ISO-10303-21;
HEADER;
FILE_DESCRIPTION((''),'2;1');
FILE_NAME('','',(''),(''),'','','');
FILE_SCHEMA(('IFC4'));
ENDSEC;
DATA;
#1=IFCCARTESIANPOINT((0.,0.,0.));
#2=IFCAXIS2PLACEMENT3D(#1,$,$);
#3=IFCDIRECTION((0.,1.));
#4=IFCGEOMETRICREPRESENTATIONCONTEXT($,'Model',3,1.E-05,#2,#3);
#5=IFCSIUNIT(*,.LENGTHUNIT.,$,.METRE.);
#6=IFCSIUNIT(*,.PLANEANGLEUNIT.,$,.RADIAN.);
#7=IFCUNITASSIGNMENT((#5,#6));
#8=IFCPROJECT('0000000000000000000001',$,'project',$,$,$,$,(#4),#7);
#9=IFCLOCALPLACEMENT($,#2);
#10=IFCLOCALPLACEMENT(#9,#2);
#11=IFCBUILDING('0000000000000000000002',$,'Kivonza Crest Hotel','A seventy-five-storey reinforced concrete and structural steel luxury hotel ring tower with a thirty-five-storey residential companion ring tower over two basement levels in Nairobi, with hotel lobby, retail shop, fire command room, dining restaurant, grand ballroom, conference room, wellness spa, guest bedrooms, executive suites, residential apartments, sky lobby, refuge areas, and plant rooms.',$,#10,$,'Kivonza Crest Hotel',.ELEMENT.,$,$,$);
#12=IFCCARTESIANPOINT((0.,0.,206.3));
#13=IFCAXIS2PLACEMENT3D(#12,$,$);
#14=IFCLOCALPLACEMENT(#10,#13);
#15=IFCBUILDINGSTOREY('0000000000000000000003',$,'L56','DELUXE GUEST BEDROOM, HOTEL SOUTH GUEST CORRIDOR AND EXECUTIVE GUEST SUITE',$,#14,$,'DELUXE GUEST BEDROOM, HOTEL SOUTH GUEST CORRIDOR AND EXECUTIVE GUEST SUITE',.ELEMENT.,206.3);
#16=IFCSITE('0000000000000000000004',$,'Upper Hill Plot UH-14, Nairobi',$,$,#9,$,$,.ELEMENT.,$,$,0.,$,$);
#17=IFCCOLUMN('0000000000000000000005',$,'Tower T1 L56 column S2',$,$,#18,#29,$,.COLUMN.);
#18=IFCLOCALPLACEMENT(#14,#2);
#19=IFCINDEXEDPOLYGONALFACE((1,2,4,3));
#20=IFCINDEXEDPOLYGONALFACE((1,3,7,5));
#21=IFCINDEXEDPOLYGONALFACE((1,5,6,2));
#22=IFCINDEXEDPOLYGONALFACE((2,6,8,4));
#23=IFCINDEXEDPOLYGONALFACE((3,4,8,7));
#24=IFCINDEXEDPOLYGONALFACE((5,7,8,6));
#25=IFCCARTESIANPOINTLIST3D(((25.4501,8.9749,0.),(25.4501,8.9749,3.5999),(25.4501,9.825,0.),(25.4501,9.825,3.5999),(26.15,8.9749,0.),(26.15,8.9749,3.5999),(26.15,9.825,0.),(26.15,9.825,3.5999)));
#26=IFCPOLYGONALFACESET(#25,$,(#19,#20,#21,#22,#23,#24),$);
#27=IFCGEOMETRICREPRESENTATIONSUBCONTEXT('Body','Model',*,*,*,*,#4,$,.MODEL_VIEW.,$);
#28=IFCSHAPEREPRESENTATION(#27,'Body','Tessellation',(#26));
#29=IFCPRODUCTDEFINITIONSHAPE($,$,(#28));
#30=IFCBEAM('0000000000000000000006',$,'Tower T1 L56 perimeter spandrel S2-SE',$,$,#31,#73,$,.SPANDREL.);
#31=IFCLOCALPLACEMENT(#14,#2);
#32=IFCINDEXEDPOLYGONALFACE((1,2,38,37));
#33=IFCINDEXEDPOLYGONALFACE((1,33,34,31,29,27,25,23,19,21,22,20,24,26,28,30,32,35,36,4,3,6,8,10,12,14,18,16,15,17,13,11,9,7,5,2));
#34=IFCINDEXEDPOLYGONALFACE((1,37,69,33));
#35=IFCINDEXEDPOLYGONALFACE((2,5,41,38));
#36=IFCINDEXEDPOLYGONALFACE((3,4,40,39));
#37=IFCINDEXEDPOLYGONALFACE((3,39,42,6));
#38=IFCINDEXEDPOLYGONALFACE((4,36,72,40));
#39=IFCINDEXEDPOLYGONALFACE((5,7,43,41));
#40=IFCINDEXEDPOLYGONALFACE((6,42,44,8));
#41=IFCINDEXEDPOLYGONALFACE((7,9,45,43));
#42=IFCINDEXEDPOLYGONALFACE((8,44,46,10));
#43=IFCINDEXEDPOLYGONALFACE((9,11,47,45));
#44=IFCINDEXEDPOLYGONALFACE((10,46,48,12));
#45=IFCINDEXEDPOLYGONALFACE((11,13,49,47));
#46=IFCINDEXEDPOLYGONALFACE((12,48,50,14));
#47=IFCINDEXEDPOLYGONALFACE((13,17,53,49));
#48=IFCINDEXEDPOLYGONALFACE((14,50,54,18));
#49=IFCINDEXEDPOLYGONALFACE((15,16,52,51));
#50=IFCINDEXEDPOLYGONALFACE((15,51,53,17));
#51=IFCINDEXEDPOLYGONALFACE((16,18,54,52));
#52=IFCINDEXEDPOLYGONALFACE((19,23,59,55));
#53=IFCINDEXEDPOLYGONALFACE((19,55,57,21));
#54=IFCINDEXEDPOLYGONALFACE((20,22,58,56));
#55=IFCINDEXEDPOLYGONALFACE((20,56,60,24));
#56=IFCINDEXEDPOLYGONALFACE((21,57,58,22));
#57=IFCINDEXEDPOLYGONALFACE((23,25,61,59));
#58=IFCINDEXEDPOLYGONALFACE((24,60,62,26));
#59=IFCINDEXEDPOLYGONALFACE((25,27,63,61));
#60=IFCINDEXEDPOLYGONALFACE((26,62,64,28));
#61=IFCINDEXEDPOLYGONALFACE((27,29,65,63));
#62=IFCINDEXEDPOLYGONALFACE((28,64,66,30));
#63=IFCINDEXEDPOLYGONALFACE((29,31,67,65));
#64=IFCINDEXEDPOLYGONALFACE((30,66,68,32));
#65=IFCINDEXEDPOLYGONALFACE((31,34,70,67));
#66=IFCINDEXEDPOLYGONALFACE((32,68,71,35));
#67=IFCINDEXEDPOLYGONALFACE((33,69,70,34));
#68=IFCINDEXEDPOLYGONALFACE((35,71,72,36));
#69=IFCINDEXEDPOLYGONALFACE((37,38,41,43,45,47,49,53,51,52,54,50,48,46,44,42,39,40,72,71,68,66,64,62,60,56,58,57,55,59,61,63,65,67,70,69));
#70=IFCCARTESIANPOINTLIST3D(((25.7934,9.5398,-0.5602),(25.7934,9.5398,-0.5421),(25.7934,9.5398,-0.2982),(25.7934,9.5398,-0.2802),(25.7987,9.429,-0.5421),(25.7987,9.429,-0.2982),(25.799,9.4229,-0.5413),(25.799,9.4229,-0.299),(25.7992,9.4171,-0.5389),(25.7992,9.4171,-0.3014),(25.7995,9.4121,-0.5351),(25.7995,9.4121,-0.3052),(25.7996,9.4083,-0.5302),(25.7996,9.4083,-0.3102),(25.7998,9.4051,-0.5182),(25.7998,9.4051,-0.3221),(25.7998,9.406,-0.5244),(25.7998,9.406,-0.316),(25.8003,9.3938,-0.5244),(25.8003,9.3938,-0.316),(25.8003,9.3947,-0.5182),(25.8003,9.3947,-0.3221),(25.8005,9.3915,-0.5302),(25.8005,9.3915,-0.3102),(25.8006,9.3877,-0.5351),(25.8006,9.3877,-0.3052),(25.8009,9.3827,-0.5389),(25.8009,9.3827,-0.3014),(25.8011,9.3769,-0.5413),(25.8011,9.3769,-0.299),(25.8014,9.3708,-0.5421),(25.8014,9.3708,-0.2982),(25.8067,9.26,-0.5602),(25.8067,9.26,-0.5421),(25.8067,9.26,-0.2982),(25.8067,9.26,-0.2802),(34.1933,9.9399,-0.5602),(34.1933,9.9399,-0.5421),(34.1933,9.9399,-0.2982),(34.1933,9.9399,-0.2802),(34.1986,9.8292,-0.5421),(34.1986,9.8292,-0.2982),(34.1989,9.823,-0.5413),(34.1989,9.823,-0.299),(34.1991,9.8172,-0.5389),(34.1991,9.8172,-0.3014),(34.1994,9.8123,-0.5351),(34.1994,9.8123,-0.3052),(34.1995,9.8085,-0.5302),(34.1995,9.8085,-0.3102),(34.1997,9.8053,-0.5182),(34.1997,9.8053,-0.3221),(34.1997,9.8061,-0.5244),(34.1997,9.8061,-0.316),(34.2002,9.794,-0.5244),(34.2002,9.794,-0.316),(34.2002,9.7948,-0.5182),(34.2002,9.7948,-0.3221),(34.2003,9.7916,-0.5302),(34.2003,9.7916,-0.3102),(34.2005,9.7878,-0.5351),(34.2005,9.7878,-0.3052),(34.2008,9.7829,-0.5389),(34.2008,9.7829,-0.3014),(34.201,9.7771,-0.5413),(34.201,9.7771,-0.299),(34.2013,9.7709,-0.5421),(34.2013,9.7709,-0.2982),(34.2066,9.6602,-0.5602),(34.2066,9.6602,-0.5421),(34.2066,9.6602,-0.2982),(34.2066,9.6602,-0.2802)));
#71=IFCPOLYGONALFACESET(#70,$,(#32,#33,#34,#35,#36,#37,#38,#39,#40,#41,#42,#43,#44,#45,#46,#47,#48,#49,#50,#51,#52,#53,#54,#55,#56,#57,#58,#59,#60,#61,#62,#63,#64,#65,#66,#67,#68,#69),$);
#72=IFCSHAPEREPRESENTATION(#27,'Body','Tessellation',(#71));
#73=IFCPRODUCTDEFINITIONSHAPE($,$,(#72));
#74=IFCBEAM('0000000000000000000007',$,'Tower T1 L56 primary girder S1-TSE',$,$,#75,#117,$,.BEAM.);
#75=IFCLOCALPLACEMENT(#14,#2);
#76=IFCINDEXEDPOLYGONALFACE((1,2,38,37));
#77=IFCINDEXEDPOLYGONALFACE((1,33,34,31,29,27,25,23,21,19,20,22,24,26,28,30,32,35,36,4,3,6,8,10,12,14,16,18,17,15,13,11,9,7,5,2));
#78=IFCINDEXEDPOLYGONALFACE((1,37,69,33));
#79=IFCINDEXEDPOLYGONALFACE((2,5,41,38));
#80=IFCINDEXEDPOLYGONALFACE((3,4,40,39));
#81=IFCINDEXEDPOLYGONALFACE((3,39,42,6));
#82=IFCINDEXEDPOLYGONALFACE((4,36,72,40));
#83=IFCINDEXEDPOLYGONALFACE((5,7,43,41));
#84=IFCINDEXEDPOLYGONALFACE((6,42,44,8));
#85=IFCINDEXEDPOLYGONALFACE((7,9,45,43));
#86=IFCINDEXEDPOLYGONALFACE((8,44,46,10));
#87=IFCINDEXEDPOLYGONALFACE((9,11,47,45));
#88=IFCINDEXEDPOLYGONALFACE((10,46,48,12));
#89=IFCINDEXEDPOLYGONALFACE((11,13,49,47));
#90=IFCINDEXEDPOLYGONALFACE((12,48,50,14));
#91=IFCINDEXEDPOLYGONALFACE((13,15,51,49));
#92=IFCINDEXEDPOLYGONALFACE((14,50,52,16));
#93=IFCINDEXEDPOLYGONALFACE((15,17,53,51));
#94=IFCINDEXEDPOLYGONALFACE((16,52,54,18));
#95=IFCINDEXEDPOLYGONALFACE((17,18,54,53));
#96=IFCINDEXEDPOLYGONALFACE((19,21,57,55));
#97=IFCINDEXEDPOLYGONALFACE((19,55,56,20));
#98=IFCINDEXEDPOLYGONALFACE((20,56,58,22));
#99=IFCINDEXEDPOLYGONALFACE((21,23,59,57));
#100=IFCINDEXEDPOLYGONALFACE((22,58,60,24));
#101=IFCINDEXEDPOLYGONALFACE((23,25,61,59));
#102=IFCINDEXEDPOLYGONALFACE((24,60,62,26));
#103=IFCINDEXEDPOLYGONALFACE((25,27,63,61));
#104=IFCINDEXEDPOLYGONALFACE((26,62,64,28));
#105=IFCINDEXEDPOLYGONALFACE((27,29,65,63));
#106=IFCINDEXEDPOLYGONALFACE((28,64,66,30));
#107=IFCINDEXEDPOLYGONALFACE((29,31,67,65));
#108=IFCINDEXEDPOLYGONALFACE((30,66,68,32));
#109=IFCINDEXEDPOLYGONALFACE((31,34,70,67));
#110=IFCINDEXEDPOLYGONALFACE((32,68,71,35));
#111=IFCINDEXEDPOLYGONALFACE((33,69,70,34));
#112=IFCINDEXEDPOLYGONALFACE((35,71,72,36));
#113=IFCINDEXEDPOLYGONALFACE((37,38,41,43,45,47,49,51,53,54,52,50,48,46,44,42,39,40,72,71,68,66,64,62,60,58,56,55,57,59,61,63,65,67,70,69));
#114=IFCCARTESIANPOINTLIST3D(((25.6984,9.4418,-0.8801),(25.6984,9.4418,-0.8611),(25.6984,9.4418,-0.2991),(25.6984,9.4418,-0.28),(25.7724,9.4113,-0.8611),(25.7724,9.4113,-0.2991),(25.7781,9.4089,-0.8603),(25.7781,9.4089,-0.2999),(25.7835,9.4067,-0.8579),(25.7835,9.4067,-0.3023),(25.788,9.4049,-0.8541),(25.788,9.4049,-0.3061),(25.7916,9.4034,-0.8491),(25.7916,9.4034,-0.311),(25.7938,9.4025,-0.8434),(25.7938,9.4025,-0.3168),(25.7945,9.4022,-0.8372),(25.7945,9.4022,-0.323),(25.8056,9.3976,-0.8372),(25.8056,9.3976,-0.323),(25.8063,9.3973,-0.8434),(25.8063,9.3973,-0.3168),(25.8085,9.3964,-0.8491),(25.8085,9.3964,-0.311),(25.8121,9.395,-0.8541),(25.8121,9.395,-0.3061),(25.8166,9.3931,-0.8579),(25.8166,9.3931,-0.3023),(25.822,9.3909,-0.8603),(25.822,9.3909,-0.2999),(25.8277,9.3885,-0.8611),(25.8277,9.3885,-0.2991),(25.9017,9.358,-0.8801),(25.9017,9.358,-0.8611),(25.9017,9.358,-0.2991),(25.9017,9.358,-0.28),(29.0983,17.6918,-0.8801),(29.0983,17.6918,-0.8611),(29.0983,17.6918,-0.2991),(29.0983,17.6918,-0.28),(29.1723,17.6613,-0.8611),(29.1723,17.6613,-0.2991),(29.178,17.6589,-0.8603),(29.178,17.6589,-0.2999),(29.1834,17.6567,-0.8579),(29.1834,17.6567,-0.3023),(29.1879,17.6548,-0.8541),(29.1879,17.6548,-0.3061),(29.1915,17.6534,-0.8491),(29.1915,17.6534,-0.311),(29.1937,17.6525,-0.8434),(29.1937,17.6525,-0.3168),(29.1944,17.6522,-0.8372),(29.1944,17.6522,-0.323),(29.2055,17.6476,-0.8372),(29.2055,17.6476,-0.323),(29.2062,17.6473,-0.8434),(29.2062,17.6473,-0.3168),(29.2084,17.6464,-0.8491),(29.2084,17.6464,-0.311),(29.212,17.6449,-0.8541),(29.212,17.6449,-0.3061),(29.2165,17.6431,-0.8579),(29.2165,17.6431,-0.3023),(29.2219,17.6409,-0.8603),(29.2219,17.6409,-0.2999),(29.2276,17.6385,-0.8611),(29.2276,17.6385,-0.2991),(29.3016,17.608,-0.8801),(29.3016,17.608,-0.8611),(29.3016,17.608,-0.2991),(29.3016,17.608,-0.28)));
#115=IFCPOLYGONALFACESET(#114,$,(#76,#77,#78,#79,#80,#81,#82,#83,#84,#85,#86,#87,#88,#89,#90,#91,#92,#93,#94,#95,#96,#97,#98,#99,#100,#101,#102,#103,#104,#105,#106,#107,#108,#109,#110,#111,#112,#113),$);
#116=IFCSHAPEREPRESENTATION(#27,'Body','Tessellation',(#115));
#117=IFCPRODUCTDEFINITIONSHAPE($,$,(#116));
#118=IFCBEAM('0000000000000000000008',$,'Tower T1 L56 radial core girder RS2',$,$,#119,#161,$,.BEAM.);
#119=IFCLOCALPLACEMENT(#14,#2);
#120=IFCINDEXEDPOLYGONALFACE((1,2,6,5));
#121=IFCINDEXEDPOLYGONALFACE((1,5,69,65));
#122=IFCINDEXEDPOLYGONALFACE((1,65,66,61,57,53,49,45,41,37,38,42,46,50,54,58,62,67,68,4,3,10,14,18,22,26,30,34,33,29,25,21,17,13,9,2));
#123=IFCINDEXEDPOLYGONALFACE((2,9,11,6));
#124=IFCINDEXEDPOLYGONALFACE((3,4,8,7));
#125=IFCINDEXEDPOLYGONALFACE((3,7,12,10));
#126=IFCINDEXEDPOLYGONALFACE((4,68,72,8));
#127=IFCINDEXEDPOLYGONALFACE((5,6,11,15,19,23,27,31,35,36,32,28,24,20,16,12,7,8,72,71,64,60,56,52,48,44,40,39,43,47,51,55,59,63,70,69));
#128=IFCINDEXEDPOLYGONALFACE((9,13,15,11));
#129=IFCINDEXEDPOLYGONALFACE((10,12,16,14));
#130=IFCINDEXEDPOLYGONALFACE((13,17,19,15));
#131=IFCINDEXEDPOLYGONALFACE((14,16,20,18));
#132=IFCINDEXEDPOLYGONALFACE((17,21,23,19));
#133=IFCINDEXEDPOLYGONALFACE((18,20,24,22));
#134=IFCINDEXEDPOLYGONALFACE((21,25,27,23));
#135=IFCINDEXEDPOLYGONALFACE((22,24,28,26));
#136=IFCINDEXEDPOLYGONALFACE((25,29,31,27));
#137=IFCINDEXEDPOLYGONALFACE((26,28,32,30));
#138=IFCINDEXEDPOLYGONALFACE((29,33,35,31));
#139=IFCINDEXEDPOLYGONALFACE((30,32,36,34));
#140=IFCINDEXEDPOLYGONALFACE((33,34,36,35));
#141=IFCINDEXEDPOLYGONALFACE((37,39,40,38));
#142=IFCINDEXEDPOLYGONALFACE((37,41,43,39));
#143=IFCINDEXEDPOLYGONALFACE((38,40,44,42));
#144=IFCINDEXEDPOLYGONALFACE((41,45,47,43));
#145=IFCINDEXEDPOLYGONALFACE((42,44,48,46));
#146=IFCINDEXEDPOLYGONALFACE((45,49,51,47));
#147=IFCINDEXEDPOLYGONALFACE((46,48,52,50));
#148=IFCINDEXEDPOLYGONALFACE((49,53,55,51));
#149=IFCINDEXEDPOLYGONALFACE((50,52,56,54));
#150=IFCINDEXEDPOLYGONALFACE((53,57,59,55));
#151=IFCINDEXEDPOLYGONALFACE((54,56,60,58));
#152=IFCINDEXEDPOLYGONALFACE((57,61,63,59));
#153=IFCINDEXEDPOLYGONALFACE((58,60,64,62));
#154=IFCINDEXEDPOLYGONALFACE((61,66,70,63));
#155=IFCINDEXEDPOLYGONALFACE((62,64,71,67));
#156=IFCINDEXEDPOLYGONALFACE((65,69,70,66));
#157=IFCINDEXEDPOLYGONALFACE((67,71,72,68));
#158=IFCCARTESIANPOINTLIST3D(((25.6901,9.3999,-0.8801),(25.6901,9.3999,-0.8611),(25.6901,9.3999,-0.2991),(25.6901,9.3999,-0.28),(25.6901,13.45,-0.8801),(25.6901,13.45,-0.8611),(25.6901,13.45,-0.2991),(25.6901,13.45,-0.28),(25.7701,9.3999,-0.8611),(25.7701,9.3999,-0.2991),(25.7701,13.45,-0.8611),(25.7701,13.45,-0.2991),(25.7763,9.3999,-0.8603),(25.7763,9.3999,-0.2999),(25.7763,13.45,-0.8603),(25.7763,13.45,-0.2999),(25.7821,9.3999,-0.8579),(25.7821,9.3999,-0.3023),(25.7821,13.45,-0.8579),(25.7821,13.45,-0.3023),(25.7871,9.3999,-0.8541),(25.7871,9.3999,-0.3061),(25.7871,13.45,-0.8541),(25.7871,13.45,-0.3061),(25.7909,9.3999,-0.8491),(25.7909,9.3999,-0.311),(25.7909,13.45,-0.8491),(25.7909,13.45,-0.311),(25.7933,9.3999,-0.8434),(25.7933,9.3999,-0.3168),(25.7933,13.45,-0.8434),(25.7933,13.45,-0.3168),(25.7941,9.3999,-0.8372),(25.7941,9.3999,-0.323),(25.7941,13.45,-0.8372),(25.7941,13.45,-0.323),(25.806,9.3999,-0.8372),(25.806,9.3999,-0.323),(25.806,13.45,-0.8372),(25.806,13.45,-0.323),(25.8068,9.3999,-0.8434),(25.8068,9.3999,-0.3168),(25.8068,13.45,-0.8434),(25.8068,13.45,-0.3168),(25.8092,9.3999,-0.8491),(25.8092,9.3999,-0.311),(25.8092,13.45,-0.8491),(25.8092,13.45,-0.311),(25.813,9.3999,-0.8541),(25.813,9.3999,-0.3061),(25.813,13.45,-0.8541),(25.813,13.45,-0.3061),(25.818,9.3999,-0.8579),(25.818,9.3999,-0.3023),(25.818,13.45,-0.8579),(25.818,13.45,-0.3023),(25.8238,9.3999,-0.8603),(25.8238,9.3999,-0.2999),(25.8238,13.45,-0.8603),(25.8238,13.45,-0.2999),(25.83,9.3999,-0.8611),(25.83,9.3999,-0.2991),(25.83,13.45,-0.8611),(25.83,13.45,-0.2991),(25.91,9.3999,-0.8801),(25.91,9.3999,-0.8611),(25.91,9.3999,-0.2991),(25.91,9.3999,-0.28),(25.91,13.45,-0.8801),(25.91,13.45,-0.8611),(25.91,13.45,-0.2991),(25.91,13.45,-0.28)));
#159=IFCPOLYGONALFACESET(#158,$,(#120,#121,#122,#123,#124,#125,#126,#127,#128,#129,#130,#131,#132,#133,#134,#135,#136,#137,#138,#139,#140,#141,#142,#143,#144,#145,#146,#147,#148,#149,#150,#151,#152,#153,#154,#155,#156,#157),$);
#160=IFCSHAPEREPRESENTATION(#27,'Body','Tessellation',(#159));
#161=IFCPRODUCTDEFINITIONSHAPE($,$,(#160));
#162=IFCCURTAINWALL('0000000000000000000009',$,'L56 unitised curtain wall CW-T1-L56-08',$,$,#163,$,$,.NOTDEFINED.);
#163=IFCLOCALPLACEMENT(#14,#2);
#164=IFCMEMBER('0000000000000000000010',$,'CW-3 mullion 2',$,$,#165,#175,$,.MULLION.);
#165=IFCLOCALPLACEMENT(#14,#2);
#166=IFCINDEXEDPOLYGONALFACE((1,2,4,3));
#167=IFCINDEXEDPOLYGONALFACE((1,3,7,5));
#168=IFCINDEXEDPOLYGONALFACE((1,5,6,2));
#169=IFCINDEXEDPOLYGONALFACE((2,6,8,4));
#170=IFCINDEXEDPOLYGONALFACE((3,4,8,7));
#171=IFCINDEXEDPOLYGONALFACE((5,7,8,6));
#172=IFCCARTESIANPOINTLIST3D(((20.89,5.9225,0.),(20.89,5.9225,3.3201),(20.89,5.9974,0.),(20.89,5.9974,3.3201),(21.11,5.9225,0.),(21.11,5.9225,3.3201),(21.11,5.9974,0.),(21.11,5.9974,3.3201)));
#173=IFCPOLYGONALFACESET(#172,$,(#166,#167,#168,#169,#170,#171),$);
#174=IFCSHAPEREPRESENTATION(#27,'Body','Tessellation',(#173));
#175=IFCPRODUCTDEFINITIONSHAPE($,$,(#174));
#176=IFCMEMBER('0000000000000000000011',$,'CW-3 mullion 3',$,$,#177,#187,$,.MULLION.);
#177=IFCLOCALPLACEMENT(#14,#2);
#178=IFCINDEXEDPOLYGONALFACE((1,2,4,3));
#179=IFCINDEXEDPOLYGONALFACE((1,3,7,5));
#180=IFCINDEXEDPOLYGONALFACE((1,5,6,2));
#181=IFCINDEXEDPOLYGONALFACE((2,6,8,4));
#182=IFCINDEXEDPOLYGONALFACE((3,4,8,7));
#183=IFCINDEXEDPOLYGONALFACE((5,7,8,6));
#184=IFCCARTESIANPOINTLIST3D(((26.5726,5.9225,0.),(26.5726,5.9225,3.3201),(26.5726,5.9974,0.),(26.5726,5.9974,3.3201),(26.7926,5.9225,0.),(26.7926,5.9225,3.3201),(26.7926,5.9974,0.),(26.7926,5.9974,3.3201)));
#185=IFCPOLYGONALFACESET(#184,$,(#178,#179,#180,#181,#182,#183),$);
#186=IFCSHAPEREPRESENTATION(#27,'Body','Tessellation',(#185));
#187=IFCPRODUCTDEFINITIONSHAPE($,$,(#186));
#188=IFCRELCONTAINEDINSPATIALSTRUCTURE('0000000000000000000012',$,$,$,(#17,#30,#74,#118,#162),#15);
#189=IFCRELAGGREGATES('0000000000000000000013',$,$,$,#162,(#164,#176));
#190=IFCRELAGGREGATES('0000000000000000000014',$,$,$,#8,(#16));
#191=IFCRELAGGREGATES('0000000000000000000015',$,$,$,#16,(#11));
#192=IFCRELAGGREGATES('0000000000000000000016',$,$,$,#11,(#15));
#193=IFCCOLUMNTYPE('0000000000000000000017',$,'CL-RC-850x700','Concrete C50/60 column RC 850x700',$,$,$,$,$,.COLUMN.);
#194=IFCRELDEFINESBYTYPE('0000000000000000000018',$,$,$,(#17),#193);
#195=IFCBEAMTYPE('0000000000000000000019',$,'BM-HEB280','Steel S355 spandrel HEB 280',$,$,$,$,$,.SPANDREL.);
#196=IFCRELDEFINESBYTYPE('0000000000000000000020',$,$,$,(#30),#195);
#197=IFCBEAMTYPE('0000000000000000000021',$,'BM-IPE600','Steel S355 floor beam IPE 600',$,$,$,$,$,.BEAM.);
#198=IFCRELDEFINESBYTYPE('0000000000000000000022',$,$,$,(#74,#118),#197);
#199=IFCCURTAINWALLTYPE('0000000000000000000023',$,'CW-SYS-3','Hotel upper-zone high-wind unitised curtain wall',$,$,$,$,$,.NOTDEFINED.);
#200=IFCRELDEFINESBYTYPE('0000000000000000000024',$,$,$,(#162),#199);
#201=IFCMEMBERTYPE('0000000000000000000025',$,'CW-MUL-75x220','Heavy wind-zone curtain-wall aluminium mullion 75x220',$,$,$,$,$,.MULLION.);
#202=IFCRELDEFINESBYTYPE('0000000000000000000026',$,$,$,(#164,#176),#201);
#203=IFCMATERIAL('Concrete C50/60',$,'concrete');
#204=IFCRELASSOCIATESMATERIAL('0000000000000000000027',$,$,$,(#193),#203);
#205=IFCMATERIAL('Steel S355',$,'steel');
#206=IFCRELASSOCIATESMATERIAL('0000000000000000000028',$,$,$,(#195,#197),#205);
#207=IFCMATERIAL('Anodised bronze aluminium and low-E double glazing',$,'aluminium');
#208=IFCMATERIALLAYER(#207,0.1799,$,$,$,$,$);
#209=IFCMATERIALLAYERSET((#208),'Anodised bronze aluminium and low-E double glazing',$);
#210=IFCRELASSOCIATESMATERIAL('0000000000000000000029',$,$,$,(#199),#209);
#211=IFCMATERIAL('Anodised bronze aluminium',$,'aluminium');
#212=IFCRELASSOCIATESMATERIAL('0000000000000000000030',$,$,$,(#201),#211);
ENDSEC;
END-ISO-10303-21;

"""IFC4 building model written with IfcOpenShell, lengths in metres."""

from ifc_helpers import new_model, si_unit, direction, frame, origin, origin_2d, place, context, subcontext, project, spatial, rectangle, i_section, extrude, material, layer, layer_set, material_profile, profile_set, type_object, element, aggregate, save


model = new_model("IFC4")

# Units and contexts
model_context = context("Model", 3, precision=1e-05, world=origin(), true_north=direction((0.0, 1.0)))
body_context = subcontext(model_context, "Body", "Model", "MODEL_VIEW")
ifc_project = project(units=[si_unit("LENGTHUNIT", "METRE"), si_unit("PLANEANGLEUNIT", "RADIAN")], contexts=[model_context])

# Site, building, storey
site_placement = place(None, origin())
site = spatial("IfcSite", under=ifc_project, at=site_placement, Name="Upper Hill Plot UH-14, Nairobi", CompositionType="ELEMENT", RefElevation=0.0)
building_placement = place(site_placement, origin())
building = spatial("IfcBuilding", under=site, at=building_placement, Name="Kivonza Crest Hotel", Description="A seventy-five-storey reinforced concrete and structural steel luxury hotel ring tower with a thirty-five-storey residential companion ring tower over two basement levels in Nairobi, with hotel lobby, retail shop, fire command room, dining restaurant, grand ballroom, conference room, wellness spa, guest bedrooms, executive suites, residential apartments, sky lobby, refuge areas, and plant rooms.", LongName="Kivonza Crest Hotel", CompositionType="ELEMENT")
storey_placement = place(building_placement, frame((0.0, 0.0, 206.3)))
storey = spatial("IfcBuildingStorey", under=building, at=storey_placement, Name="L56", Description="DELUXE GUEST BEDROOM, HOTEL SOUTH GUEST CORRIDOR AND EXECUTIVE GUEST SUITE", LongName="DELUXE GUEST BEDROOM, HOTEL SOUTH GUEST CORRIDOR AND EXECUTIVE GUEST SUITE", CompositionType="ELEMENT", Elevation=206.3)

# Column
ifc_material_1 = material(Name="Concrete C50/60", Category="concrete")
ifc_material_profile_1 = material_profile(ifc_material_1, rectangle(XDim=0.7, YDim=0.8501, at=origin_2d()), Name="RC 850x700")
ifc_profile_set_1 = profile_set([ifc_material_profile_1], Name="Concrete C50/60")
column_type = type_object("IfcColumnType", Name="CL-RC-850x700", Description="Concrete C50/60 column RC 850x700", PredefinedType="COLUMN", material=ifc_profile_set_1)
column_placement = place(storey_placement, frame((25.8, 9.3999, 0.0), z_axis=(0.0, 0.0, 1.0), x_axis=(1.0, 0.0, 0.0)))
element("IfcColumn", 1, at=column_placement, inside=storey, type_object=column_type, Name="Tower T1 L56 column S2", PredefinedType="COLUMN", context=body_context, shape_type="SweptSolid", body=[
    extrude(rectangle(XDim=0.7, YDim=0.8501, at=origin_2d()), origin(), (0.0, 0.0, 1.0), 3.5999),
])

# Beams
ifc_material_2 = material(Name="Steel S355", Category="steel")
ifc_material_profile_2 = material_profile(ifc_material_2, i_section(OverallWidth=0.28, OverallDepth=0.28, WebThickness=0.0105, FlangeThickness=0.0181, FilletRadius=0.0239, at=origin_2d()), Name="HEB 280")
ifc_profile_set_2 = profile_set([ifc_material_profile_2], Name="Steel S355")
beam_type_1 = type_object("IfcBeamType", Name="BM-HEB280", Description="Steel S355 spandrel HEB 280", PredefinedType="SPANDREL", material=ifc_profile_set_2)
beam_1_placement = place(storey_placement, frame((25.8, 9.3999, -0.4202), z_axis=(0.998867, 0.047583, 0.0), x_axis=(-0.047583, 0.998867, 0.0)))
element("IfcBeam", 2, at=beam_1_placement, inside=storey, type_object=beam_type_1, Name="Tower T1 L56 perimeter spandrel S2-SE", PredefinedType="SPANDREL", context=body_context, shape_type="SweptSolid", body=[
    extrude(i_section(OverallWidth=0.28, OverallDepth=0.28, WebThickness=0.0105, FlangeThickness=0.0181, FilletRadius=0.0239, at=origin_2d()), origin(), (0.0, 0.0, 1.0), 8.4094),
])
ifc_material_profile_3 = material_profile(ifc_material_2, i_section(OverallWidth=0.22, OverallDepth=0.6001, WebThickness=0.012, FlangeThickness=0.019, FilletRadius=0.0239, at=origin_2d()), Name="IPE 600")
ifc_profile_set_3 = profile_set([ifc_material_profile_3], Name="Steel S355")
beam_type_2 = type_object("IfcBeamType", Name="BM-IPE600", Description="Steel S355 floor beam IPE 600", PredefinedType="BEAM", material=ifc_profile_set_3)
beam_2_placement = place(storey_placement, frame((25.8, 9.3999, -0.5801), z_axis=(0.381022, 0.924566, 0.0), x_axis=(-0.924566, 0.381022, 0.0)))
element("IfcBeam", 3, at=beam_2_placement, inside=storey, type_object=beam_type_2, Name="Tower T1 L56 primary girder S1-TSE", PredefinedType="BEAM", context=body_context, shape_type="SweptSolid", body=[
    extrude(i_section(OverallWidth=0.22, OverallDepth=0.6001, WebThickness=0.012, FlangeThickness=0.019, FilletRadius=0.0239, at=origin_2d()), origin(), (0.0, 0.0, 1.0), 8.9231),
])
beam_3_placement = place(storey_placement, frame((25.8, 9.3999, -0.5801), z_axis=(0.0, 1.0, 0.0), x_axis=(-1.0, 0.0, 0.0)))
element("IfcBeam", 4, at=beam_3_placement, inside=storey, type_object=beam_type_2, Name="Tower T1 L56 radial core girder RS2", PredefinedType="BEAM", context=body_context, shape_type="SweptSolid", body=[
    extrude(i_section(OverallWidth=0.22, OverallDepth=0.6001, WebThickness=0.012, FlangeThickness=0.019, FilletRadius=0.0239, at=origin_2d()), origin(), (0.0, 0.0, 1.0), 4.05),
])

# Curtain wall, members
ifc_material_3 = material(Name="Anodised bronze aluminium and low-E double glazing", Category="aluminium")
ifc_layer_1 = layer(ifc_material_3, 0.1799)
ifc_layer_set_1 = layer_set([ifc_layer_1], Name="Anodised bronze aluminium and low-E double glazing")
curtain_wall_type = type_object("IfcCurtainWallType", Name="CW-SYS-3", Description="Hotel upper-zone high-wind unitised curtain wall", PredefinedType="NOTDEFINED", material=ifc_layer_set_1)
curtain_wall_placement = place(storey_placement, origin())
curtain_wall = element("IfcCurtainWall", 5, at=curtain_wall_placement, inside=storey, type_object=curtain_wall_type, Name="L56 unitised curtain wall CW-T1-L56-08", PredefinedType="NOTDEFINED")
ifc_material_4 = material(Name="Anodised bronze aluminium", Category="aluminium")
ifc_material_profile_4 = material_profile(ifc_material_4, rectangle(XDim=0.075, YDim=0.22, at=origin_2d()), Name="CW-M 75x220")
ifc_profile_set_4 = profile_set([ifc_material_profile_4], Name="Anodised bronze aluminium")
member_type_1 = type_object("IfcMemberType", Name="CW-MUL-75x220", Description="Heavy wind-zone curtain-wall aluminium mullion 75x220", PredefinedType="MULLION", material=ifc_profile_set_4)
member_1_placement = place(storey_placement, frame((21.0, 5.96, 0.0), z_axis=(0.0, 0.0, 1.0), x_axis=(0.0, 1.0, 0.0)))
member_1 = element("IfcMember", 6, at=member_1_placement, type_object=member_type_1, Name="CW-3 mullion 2", PredefinedType="MULLION", context=body_context, shape_type="SweptSolid", body=[
    extrude(rectangle(XDim=0.075, YDim=0.22, at=origin_2d()), origin(), (0.0, 0.0, 1.0), 3.3201),
])
member_2_placement = place(storey_placement, frame((26.6826, 5.96, 0.0), z_axis=(0.0, 0.0, 1.0), x_axis=(0.0, 1.0, 0.0)))
member_2 = element("IfcMember", 7, at=member_2_placement, type_object=member_type_1, Name="CW-3 mullion 3", PredefinedType="MULLION", context=body_context, shape_type="SweptSolid", body=[
    extrude(rectangle(XDim=0.075, YDim=0.22, at=origin_2d()), origin(), (0.0, 0.0, 1.0), 3.3201),
])
aggregate(curtain_wall, [member_1, member_2])

save(model, "model.ifc")
